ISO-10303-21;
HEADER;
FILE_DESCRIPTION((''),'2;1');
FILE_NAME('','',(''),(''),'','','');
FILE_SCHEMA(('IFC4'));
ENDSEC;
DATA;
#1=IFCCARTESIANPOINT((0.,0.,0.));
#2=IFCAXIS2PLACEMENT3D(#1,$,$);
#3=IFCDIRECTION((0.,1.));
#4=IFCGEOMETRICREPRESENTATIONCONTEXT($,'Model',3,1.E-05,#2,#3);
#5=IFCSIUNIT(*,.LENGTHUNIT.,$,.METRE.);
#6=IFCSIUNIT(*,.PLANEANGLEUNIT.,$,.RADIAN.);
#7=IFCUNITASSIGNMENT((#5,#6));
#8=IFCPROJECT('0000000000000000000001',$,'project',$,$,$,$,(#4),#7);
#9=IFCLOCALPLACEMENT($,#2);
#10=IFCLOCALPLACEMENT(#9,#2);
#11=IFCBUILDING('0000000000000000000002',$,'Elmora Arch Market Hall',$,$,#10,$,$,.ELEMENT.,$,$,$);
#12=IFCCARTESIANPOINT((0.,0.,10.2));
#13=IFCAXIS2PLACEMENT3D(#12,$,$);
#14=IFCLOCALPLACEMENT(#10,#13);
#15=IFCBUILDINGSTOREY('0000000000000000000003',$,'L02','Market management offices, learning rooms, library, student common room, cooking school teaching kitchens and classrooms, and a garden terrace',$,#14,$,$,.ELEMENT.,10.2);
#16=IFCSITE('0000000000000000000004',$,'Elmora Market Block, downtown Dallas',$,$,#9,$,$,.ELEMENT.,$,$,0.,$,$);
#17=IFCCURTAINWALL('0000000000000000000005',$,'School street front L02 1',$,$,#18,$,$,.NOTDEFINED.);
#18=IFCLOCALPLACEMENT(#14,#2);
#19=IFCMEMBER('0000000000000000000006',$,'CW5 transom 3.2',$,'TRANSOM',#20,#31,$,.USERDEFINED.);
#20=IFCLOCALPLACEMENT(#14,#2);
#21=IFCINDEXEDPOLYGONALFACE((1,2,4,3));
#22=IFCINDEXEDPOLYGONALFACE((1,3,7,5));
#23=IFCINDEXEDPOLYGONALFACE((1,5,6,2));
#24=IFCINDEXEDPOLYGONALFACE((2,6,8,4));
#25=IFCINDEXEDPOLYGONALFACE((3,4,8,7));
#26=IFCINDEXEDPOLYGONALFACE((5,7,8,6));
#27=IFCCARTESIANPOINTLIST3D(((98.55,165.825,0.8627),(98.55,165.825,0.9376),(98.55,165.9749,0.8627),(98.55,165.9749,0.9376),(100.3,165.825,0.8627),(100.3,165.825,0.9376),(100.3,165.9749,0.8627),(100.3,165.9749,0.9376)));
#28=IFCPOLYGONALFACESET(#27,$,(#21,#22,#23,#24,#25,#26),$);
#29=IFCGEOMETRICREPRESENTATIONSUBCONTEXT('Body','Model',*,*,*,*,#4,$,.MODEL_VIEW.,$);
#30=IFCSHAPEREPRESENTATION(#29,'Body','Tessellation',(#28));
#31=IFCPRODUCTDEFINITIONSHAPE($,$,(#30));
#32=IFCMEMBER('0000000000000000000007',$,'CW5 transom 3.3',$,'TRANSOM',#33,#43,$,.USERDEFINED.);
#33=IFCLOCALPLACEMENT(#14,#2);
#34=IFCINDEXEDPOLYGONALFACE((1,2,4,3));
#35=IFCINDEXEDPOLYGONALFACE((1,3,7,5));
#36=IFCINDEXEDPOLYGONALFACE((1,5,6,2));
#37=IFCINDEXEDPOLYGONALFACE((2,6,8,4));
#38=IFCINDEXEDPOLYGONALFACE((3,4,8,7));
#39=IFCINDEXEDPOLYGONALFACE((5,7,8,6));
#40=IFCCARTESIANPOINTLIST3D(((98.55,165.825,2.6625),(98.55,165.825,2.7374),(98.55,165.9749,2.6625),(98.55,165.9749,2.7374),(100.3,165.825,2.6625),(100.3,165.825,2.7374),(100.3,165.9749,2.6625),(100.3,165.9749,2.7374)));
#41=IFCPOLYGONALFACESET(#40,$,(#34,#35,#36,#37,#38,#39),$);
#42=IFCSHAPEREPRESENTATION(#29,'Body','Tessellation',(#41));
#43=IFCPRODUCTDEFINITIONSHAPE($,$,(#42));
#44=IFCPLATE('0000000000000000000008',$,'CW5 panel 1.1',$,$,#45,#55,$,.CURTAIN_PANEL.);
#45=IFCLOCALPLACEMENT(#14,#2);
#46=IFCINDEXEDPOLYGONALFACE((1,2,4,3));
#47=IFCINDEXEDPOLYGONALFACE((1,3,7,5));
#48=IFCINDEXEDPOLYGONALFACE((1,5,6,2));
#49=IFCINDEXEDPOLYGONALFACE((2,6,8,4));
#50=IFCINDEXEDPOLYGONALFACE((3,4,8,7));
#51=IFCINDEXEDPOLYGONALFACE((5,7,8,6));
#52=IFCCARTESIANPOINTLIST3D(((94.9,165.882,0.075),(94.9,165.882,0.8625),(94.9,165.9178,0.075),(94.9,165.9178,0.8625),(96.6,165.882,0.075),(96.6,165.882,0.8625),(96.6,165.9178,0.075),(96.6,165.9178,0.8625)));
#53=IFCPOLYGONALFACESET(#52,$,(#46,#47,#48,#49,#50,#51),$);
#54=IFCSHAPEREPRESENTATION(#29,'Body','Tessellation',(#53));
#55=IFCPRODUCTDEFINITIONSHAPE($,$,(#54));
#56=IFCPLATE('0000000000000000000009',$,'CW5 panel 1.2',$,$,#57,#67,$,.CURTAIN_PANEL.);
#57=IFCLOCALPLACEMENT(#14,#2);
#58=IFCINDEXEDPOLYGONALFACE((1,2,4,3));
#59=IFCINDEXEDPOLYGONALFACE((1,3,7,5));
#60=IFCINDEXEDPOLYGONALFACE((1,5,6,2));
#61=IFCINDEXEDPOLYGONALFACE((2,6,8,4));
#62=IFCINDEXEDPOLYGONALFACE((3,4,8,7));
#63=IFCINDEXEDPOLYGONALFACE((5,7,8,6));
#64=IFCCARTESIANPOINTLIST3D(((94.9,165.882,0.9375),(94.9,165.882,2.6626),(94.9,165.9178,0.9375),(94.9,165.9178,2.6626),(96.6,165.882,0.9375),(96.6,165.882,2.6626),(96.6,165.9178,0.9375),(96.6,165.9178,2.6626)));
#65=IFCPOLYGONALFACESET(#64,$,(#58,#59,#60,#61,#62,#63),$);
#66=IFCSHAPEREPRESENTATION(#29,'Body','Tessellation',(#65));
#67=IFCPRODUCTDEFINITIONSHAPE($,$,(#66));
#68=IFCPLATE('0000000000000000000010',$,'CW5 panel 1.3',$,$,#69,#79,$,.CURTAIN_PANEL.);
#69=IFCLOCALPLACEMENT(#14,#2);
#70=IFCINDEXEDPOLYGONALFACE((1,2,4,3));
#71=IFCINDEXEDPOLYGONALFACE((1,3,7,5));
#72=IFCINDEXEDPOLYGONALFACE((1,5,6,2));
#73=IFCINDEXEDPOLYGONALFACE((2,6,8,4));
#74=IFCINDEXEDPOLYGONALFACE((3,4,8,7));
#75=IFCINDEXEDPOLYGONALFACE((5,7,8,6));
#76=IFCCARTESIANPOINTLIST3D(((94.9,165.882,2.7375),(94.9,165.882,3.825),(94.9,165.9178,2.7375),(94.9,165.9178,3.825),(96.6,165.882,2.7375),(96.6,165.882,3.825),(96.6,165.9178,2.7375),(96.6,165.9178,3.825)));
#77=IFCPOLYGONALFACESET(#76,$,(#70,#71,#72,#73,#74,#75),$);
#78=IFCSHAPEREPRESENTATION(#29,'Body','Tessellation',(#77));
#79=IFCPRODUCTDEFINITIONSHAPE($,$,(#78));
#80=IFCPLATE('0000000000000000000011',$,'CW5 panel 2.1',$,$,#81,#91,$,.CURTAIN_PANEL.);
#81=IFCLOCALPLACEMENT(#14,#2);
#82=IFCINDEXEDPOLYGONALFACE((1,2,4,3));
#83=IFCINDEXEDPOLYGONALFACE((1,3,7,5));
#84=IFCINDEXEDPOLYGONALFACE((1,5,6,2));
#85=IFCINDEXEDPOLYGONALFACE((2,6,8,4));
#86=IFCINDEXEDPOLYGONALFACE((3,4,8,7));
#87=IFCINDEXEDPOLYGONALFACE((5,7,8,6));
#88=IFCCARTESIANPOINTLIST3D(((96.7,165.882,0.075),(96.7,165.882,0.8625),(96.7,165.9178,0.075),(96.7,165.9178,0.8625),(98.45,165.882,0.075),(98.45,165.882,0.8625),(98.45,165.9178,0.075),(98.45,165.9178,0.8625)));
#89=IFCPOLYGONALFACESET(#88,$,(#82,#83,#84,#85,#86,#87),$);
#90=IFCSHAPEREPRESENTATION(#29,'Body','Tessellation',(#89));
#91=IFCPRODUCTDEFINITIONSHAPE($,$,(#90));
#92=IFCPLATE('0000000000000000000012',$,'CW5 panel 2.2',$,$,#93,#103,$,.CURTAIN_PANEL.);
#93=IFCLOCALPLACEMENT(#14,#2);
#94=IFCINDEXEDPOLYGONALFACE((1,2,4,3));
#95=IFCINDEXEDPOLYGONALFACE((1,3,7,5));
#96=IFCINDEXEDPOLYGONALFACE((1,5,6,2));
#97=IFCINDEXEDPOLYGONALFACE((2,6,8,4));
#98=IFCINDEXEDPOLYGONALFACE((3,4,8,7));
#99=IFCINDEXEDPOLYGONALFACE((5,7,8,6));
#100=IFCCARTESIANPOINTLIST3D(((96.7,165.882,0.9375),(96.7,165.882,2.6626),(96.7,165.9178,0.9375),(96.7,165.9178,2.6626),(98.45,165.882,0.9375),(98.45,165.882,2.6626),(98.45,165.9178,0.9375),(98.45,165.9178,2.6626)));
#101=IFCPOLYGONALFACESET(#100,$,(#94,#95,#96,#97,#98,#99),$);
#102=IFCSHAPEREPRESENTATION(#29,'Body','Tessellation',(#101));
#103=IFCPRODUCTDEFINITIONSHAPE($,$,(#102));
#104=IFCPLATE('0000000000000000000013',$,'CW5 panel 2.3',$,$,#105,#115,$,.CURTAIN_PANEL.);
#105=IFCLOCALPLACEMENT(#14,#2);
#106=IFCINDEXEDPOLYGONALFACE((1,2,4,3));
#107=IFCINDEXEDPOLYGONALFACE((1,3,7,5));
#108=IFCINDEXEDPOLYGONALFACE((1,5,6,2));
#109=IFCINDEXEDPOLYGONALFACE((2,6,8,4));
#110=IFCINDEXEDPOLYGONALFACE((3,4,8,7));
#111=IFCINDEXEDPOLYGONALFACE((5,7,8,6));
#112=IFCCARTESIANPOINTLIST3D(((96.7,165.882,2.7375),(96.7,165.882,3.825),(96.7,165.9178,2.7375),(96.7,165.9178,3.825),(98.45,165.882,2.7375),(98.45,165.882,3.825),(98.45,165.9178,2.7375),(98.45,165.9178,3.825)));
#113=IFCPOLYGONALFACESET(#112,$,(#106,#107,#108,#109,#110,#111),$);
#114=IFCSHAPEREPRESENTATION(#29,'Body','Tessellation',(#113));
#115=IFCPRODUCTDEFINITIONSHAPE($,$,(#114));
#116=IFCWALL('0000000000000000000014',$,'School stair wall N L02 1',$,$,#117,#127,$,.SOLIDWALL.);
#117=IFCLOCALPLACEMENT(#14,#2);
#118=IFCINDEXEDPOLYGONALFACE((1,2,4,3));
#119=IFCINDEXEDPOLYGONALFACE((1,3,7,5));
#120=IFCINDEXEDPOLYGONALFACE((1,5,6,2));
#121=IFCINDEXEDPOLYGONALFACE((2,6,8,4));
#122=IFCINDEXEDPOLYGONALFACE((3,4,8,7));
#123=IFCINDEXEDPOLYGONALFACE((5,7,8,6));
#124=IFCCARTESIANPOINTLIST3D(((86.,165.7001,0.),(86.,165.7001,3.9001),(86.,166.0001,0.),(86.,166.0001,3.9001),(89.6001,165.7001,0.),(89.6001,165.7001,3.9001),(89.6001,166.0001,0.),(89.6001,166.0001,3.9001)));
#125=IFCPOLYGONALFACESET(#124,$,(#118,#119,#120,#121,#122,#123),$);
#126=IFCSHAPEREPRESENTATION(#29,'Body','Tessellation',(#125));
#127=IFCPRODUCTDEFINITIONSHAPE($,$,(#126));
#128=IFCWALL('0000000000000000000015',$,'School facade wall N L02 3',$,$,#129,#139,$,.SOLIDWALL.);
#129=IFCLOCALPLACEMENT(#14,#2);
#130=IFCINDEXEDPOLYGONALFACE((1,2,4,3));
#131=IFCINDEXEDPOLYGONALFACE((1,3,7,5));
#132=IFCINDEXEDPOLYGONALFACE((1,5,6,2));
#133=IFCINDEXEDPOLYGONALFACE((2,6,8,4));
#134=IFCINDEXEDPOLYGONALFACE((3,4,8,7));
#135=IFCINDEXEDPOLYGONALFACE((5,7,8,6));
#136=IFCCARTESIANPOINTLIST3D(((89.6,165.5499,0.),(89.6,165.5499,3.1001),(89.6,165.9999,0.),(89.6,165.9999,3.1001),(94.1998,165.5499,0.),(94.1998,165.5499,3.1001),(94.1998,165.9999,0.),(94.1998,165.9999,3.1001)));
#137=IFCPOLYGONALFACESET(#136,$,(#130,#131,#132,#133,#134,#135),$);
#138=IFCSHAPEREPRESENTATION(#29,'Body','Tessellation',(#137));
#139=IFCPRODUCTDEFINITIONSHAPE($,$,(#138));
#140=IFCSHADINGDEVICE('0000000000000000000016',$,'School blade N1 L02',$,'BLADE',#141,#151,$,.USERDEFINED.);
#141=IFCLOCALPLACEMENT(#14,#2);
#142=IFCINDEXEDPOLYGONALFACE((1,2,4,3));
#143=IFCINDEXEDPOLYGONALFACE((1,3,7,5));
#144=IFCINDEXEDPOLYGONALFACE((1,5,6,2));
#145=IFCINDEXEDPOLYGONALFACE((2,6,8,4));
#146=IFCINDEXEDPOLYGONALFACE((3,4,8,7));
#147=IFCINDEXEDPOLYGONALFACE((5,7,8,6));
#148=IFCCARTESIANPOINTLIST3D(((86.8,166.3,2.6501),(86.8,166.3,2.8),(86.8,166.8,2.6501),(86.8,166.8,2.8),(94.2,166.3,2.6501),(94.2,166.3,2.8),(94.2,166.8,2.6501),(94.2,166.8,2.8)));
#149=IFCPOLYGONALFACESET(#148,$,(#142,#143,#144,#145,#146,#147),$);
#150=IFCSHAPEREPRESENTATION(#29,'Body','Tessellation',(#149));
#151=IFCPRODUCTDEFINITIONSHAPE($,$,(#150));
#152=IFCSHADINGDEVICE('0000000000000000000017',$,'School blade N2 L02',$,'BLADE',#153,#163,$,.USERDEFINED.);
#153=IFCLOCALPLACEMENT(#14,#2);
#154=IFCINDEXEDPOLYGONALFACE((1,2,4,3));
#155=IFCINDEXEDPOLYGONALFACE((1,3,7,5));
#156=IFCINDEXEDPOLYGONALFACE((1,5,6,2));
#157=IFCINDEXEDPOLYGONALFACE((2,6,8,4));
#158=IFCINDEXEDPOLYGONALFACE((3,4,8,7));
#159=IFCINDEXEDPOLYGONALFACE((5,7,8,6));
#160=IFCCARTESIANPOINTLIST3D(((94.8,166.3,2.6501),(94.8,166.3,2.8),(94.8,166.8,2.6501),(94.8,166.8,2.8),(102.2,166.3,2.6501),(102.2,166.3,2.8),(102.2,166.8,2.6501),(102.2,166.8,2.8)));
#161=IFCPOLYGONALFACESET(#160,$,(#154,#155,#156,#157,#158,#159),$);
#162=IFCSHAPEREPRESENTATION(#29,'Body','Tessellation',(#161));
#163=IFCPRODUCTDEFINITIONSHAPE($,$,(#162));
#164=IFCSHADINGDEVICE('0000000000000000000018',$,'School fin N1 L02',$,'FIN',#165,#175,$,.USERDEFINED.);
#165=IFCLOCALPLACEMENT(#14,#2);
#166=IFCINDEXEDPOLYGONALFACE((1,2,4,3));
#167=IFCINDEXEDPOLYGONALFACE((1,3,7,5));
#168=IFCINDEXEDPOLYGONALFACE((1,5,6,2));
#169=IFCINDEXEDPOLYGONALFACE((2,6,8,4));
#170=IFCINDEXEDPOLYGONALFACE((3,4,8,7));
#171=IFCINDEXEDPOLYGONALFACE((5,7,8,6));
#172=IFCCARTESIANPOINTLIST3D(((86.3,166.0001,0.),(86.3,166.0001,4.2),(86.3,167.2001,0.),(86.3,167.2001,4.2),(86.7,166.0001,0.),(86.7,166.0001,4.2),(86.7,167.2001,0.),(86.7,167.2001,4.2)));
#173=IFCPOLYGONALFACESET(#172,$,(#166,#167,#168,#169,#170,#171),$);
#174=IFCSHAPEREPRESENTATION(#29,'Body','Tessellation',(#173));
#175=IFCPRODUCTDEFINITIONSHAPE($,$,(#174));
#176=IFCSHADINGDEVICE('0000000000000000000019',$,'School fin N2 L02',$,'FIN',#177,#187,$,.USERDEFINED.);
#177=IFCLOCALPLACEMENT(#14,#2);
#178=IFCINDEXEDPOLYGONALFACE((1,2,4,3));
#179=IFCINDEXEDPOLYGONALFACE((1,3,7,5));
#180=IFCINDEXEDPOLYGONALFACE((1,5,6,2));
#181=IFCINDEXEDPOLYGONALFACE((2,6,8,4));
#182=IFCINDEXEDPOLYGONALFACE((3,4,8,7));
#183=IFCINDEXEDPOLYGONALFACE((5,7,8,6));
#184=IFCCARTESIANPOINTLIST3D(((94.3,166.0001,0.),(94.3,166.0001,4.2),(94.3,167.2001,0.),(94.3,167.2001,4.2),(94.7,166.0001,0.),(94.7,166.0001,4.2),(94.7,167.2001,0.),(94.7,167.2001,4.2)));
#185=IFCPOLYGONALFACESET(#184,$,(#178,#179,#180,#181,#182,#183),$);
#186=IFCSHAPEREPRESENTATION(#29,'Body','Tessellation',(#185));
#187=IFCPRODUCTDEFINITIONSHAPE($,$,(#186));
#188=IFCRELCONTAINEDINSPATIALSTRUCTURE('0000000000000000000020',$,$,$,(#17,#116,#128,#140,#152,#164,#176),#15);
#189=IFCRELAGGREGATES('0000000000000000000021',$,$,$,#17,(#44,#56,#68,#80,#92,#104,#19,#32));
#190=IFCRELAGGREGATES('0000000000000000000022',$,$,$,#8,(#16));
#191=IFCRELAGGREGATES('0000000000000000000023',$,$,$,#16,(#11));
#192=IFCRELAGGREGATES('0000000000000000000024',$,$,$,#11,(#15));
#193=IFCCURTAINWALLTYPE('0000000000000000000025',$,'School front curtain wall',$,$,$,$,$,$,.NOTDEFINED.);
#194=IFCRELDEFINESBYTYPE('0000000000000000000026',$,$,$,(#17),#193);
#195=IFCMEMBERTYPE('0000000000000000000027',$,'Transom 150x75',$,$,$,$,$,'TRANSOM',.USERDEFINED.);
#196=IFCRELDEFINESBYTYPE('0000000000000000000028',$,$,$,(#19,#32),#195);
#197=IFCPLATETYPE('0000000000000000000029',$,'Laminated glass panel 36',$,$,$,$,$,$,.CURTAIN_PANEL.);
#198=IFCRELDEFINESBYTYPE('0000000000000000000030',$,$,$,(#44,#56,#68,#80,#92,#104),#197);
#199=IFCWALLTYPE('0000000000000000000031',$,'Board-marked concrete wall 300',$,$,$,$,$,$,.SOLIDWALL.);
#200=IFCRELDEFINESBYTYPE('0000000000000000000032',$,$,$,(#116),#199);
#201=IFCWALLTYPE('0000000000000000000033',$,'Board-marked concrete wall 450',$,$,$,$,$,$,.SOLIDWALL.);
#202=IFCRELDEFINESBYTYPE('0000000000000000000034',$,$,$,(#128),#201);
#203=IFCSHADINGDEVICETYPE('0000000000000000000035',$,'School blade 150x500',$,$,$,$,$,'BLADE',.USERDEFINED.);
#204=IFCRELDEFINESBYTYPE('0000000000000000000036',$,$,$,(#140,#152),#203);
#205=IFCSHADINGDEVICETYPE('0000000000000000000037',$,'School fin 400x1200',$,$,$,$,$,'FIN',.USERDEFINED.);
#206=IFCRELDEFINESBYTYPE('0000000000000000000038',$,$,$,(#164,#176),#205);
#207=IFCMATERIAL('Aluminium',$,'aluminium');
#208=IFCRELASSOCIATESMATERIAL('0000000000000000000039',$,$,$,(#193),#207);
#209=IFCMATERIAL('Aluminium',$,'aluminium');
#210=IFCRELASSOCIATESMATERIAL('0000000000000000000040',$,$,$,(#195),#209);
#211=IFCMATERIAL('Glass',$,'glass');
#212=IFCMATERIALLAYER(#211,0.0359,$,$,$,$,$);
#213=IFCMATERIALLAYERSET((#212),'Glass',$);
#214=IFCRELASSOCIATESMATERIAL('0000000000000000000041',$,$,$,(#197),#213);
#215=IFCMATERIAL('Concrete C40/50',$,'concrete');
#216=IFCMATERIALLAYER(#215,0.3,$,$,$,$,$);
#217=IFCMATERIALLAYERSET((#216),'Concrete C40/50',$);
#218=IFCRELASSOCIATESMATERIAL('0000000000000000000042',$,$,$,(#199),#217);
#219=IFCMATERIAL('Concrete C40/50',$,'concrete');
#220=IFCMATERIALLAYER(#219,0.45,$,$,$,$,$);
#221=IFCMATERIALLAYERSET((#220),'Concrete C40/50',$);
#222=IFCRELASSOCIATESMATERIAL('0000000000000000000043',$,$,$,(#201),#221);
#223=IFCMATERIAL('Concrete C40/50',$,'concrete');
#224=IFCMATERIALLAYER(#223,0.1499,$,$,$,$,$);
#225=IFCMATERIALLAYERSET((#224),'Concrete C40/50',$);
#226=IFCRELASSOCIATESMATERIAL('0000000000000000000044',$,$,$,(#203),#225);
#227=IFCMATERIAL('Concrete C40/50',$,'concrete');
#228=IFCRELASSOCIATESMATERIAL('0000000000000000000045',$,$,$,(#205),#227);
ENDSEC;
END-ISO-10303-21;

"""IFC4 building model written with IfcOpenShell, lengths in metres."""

from ifc_helpers import new_model, si_unit, direction, frame, frame_2d, origin, origin_2d, place, context, subcontext, project, spatial, rectangle, extrude, material, layer, layer_set, material_profile, profile_set, type_object, element, aggregate, save


model = new_model("IFC4")

# Units and contexts
model_context = context("Model", 3, precision=1e-05, world=origin(), true_north=direction((0.0, 1.0)))
body_context = subcontext(model_context, "Body", "Model", "MODEL_VIEW")
ifc_project = project(units=[si_unit("LENGTHUNIT", "METRE"), si_unit("PLANEANGLEUNIT", "RADIAN")], contexts=[model_context])

# Site, building, storey
site_placement = place(None, origin())
site = spatial("IfcSite", under=ifc_project, at=site_placement, Name="Elmora Market Block, downtown Dallas", CompositionType="ELEMENT", RefElevation=0.0)
building_placement = place(site_placement, origin())
building = spatial("IfcBuilding", under=site, at=building_placement, Name="Elmora Arch Market Hall", CompositionType="ELEMENT")
storey_placement = place(building_placement, frame((0.0, 0.0, 10.2)))
storey = spatial("IfcBuildingStorey", under=building, at=storey_placement, Name="L02", Description="Market management offices, learning rooms, library, student common room, cooking school teaching kitchens and classrooms, and a garden terrace", CompositionType="ELEMENT", Elevation=10.2)

# Curtain wall
ifc_material_1 = material(Name="Aluminium", Category="aluminium")
curtain_wall_type = type_object("IfcCurtainWallType", Name="School front curtain wall", PredefinedType="NOTDEFINED", material=ifc_material_1)
curtain_wall_placement = place(storey_placement, origin())
curtain_wall = element("IfcCurtainWall", 1, at=curtain_wall_placement, inside=storey, type_object=curtain_wall_type, Name="School street front L02 1", PredefinedType="NOTDEFINED")

# Members
ifc_material_2 = material(Name="Aluminium", Category="aluminium")
ifc_material_profile_1 = material_profile(ifc_material_2, rectangle(XDim=0.1499, YDim=0.075, at=origin_2d()), Name="AL 150x75")
ifc_profile_set_1 = profile_set([ifc_material_profile_1], Name="Aluminium")
member_type_1 = type_object("IfcMemberType", Name="Transom 150x75", ElementType="TRANSOM", PredefinedType="USERDEFINED", material=ifc_profile_set_1)
member_1_placement = place(storey_placement, frame((98.55, 165.8999, 0.9001), z_axis=(1.0, 0.0, 0.0), x_axis=(0.0, 1.0, 0.0)))
member_1 = element("IfcMember", 2, at=member_1_placement, type_object=member_type_1, Name="CW5 transom 3.2", ObjectType="TRANSOM", PredefinedType="USERDEFINED", context=body_context, shape_type="SweptSolid", body=[
    extrude(rectangle(XDim=0.1499, YDim=0.075, at=origin_2d()), origin(), (0.0, 0.0, 1.0), 1.75),
])
member_2_placement = place(storey_placement, frame((98.55, 165.8999, 2.7), z_axis=(1.0, 0.0, 0.0), x_axis=(0.0, 1.0, 0.0)))
member_2 = element("IfcMember", 3, at=member_2_placement, type_object=member_type_1, Name="CW5 transom 3.3", ObjectType="TRANSOM", PredefinedType="USERDEFINED", context=body_context, shape_type="SweptSolid", body=[
    extrude(rectangle(XDim=0.1499, YDim=0.075, at=origin_2d()), origin(), (0.0, 0.0, 1.0), 1.75),
])

# Plates
ifc_material_3 = material(Name="Glass", Category="glass")
ifc_layer_1 = layer(ifc_material_3, 0.0359)
ifc_layer_set_1 = layer_set([ifc_layer_1], Name="Glass")
plate_type = type_object("IfcPlateType", Name="Laminated glass panel 36", PredefinedType="CURTAIN_PANEL", material=ifc_layer_set_1)
plate_1_placement = place(storey_placement, frame((95.75, 165.8999, 0.075), z_axis=(0.0, 0.0, 1.0), x_axis=(1.0, 0.0, 0.0)))
plate_1 = element("IfcPlate", 4, at=plate_1_placement, type_object=plate_type, Name="CW5 panel 1.1", PredefinedType="CURTAIN_PANEL", context=body_context, shape_type="SweptSolid", body=[
    extrude(rectangle(XDim=1.7, YDim=0.0359, at=origin_2d()), origin(), (0.0, 0.0, 1.0), 0.7876),
])
plate_2_placement = place(storey_placement, frame((95.75, 165.8999, 0.9375), z_axis=(0.0, 0.0, 1.0), x_axis=(1.0, 0.0, 0.0)))
plate_2 = element("IfcPlate", 5, at=plate_2_placement, type_object=plate_type, Name="CW5 panel 1.2", PredefinedType="CURTAIN_PANEL", context=body_context, shape_type="SweptSolid", body=[
    extrude(rectangle(XDim=1.7, YDim=0.0359, at=origin_2d()), origin(), (0.0, 0.0, 1.0), 1.7251),
])
plate_3_placement = place(storey_placement, frame((95.75, 165.8999, 2.7375), z_axis=(0.0, 0.0, 1.0), x_axis=(1.0, 0.0, 0.0)))
plate_3 = element("IfcPlate", 6, at=plate_3_placement, type_object=plate_type, Name="CW5 panel 1.3", PredefinedType="CURTAIN_PANEL", context=body_context, shape_type="SweptSolid", body=[
    extrude(rectangle(XDim=1.7, YDim=0.0359, at=origin_2d()), origin(), (0.0, 0.0, 1.0), 1.0874),
])
plate_4_placement = place(storey_placement, frame((97.575, 165.8999, 0.075), z_axis=(0.0, 0.0, 1.0), x_axis=(1.0, 0.0, 0.0)))
plate_4 = element("IfcPlate", 7, at=plate_4_placement, type_object=plate_type, Name="CW5 panel 2.1", PredefinedType="CURTAIN_PANEL", context=body_context, shape_type="SweptSolid", body=[
    extrude(rectangle(XDim=1.75, YDim=0.0359, at=origin_2d()), origin(), (0.0, 0.0, 1.0), 0.7876),
])
plate_5_placement = place(storey_placement, frame((97.575, 165.8999, 0.9375), z_axis=(0.0, 0.0, 1.0), x_axis=(1.0, 0.0, 0.0)))
plate_5 = element("IfcPlate", 8, at=plate_5_placement, type_object=plate_type, Name="CW5 panel 2.2", PredefinedType="CURTAIN_PANEL", context=body_context, shape_type="SweptSolid", body=[
    extrude(rectangle(XDim=1.75, YDim=0.0359, at=origin_2d()), origin(), (0.0, 0.0, 1.0), 1.7251),
])
plate_6_placement = place(storey_placement, frame((97.575, 165.8999, 2.7375), z_axis=(0.0, 0.0, 1.0), x_axis=(1.0, 0.0, 0.0)))
plate_6 = element("IfcPlate", 9, at=plate_6_placement, type_object=plate_type, Name="CW5 panel 2.3", PredefinedType="CURTAIN_PANEL", context=body_context, shape_type="SweptSolid", body=[
    extrude(rectangle(XDim=1.75, YDim=0.0359, at=origin_2d()), origin(), (0.0, 0.0, 1.0), 1.0874),
])
aggregate(curtain_wall, [plate_1, plate_2, plate_3, plate_4, plate_5, plate_6, member_1, member_2])

# Walls
ifc_material_4 = material(Name="Concrete C40/50", Category="concrete")
ifc_layer_2 = layer(ifc_material_4, 0.3)
ifc_layer_set_2 = layer_set([ifc_layer_2], Name="Concrete C40/50")
wall_type_1 = type_object("IfcWallType", Name="Board-marked concrete wall 300", PredefinedType="SOLIDWALL", material=ifc_layer_set_2)
wall_1_placement = place(storey_placement, frame((86.0, 165.8501, 0.0), z_axis=(0.0, 0.0, 1.0), x_axis=(1.0, 0.0, 0.0)))
element("IfcWall", 10, at=wall_1_placement, inside=storey, type_object=wall_type_1, Name="School stair wall N L02 1", PredefinedType="SOLIDWALL", context=body_context, shape_type="SweptSolid", body=[
    extrude(rectangle(XDim=3.6001, YDim=0.3, at=frame_2d((1.8, 0.0))), origin(), (0.0, 0.0, 1.0), 3.9001),
])
ifc_material_5 = material(Name="Concrete C40/50", Category="concrete")
ifc_layer_3 = layer(ifc_material_5, 0.45)
ifc_layer_set_3 = layer_set([ifc_layer_3], Name="Concrete C40/50")
wall_type_2 = type_object("IfcWallType", Name="Board-marked concrete wall 450", PredefinedType="SOLIDWALL", material=ifc_layer_set_3)
wall_2_placement = place(storey_placement, frame((89.6001, 165.7749, 0.0), z_axis=(0.0, 0.0, 1.0), x_axis=(1.0, 0.0, 0.0)))
element("IfcWall", 11, at=wall_2_placement, inside=storey, type_object=wall_type_2, Name="School facade wall N L02 3", PredefinedType="SOLIDWALL", context=body_context, shape_type="SweptSolid", body=[
    extrude(rectangle(XDim=4.5999, YDim=0.45, at=frame_2d((2.2998, 0.0))), origin(), (0.0, 0.0, 1.0), 3.1001),
])

# Shading devices
ifc_material_6 = material(Name="Concrete C40/50", Category="concrete")
ifc_layer_4 = layer(ifc_material_6, 0.1499)
ifc_layer_set_4 = layer_set([ifc_layer_4], Name="Concrete C40/50")
shading_device_type_1 = type_object("IfcShadingDeviceType", Name="School blade 150x500", ElementType="BLADE", PredefinedType="USERDEFINED", material=ifc_layer_set_4)
for number, where, z_axis, x_axis, name in (
    (12, (90.5, 166.55, 2.6501), (0.0, 0.0, 1.0), (1.0, 0.0, 0.0), "School blade N1 L02"),
    (13, (98.5, 166.55, 2.6501), (0.0, 0.0, 1.0), (1.0, 0.0, 0.0), "School blade N2 L02"),
):
    element("IfcShadingDevice", number, at=place(storey_placement, frame(where, z_axis=z_axis, x_axis=x_axis)), inside=storey, type_object=shading_device_type_1, Name=name, ObjectType="BLADE", PredefinedType="USERDEFINED", context=body_context, shape_type="SweptSolid", body=[
        extrude(rectangle(XDim=7.3999, YDim=0.5, at=origin_2d()), origin(), (0.0, 0.0, 1.0), 0.1499),
    ])
ifc_material_7 = material(Name="Concrete C40/50", Category="concrete")
shading_device_type_2 = type_object("IfcShadingDeviceType", Name="School fin 400x1200", ElementType="FIN", PredefinedType="USERDEFINED", material=ifc_material_7)
for number, where, z_axis, x_axis, name in (
    (14, (86.5, 166.6001, 0.0), (0.0, 0.0, 1.0), (1.0, 0.0, 0.0), "School fin N1 L02"),
    (15, (94.5, 166.6001, 0.0), (0.0, 0.0, 1.0), (1.0, 0.0, 0.0), "School fin N2 L02"),
):
    element("IfcShadingDevice", number, at=place(storey_placement, frame(where, z_axis=z_axis, x_axis=x_axis)), inside=storey, type_object=shading_device_type_2, Name=name, ObjectType="FIN", PredefinedType="USERDEFINED", context=body_context, shape_type="SweptSolid", body=[
        extrude(rectangle(XDim=0.3999, YDim=1.2, at=origin_2d()), origin(), (0.0, 0.0, 1.0), 4.2),
    ])

save(model, "model.ifc")
